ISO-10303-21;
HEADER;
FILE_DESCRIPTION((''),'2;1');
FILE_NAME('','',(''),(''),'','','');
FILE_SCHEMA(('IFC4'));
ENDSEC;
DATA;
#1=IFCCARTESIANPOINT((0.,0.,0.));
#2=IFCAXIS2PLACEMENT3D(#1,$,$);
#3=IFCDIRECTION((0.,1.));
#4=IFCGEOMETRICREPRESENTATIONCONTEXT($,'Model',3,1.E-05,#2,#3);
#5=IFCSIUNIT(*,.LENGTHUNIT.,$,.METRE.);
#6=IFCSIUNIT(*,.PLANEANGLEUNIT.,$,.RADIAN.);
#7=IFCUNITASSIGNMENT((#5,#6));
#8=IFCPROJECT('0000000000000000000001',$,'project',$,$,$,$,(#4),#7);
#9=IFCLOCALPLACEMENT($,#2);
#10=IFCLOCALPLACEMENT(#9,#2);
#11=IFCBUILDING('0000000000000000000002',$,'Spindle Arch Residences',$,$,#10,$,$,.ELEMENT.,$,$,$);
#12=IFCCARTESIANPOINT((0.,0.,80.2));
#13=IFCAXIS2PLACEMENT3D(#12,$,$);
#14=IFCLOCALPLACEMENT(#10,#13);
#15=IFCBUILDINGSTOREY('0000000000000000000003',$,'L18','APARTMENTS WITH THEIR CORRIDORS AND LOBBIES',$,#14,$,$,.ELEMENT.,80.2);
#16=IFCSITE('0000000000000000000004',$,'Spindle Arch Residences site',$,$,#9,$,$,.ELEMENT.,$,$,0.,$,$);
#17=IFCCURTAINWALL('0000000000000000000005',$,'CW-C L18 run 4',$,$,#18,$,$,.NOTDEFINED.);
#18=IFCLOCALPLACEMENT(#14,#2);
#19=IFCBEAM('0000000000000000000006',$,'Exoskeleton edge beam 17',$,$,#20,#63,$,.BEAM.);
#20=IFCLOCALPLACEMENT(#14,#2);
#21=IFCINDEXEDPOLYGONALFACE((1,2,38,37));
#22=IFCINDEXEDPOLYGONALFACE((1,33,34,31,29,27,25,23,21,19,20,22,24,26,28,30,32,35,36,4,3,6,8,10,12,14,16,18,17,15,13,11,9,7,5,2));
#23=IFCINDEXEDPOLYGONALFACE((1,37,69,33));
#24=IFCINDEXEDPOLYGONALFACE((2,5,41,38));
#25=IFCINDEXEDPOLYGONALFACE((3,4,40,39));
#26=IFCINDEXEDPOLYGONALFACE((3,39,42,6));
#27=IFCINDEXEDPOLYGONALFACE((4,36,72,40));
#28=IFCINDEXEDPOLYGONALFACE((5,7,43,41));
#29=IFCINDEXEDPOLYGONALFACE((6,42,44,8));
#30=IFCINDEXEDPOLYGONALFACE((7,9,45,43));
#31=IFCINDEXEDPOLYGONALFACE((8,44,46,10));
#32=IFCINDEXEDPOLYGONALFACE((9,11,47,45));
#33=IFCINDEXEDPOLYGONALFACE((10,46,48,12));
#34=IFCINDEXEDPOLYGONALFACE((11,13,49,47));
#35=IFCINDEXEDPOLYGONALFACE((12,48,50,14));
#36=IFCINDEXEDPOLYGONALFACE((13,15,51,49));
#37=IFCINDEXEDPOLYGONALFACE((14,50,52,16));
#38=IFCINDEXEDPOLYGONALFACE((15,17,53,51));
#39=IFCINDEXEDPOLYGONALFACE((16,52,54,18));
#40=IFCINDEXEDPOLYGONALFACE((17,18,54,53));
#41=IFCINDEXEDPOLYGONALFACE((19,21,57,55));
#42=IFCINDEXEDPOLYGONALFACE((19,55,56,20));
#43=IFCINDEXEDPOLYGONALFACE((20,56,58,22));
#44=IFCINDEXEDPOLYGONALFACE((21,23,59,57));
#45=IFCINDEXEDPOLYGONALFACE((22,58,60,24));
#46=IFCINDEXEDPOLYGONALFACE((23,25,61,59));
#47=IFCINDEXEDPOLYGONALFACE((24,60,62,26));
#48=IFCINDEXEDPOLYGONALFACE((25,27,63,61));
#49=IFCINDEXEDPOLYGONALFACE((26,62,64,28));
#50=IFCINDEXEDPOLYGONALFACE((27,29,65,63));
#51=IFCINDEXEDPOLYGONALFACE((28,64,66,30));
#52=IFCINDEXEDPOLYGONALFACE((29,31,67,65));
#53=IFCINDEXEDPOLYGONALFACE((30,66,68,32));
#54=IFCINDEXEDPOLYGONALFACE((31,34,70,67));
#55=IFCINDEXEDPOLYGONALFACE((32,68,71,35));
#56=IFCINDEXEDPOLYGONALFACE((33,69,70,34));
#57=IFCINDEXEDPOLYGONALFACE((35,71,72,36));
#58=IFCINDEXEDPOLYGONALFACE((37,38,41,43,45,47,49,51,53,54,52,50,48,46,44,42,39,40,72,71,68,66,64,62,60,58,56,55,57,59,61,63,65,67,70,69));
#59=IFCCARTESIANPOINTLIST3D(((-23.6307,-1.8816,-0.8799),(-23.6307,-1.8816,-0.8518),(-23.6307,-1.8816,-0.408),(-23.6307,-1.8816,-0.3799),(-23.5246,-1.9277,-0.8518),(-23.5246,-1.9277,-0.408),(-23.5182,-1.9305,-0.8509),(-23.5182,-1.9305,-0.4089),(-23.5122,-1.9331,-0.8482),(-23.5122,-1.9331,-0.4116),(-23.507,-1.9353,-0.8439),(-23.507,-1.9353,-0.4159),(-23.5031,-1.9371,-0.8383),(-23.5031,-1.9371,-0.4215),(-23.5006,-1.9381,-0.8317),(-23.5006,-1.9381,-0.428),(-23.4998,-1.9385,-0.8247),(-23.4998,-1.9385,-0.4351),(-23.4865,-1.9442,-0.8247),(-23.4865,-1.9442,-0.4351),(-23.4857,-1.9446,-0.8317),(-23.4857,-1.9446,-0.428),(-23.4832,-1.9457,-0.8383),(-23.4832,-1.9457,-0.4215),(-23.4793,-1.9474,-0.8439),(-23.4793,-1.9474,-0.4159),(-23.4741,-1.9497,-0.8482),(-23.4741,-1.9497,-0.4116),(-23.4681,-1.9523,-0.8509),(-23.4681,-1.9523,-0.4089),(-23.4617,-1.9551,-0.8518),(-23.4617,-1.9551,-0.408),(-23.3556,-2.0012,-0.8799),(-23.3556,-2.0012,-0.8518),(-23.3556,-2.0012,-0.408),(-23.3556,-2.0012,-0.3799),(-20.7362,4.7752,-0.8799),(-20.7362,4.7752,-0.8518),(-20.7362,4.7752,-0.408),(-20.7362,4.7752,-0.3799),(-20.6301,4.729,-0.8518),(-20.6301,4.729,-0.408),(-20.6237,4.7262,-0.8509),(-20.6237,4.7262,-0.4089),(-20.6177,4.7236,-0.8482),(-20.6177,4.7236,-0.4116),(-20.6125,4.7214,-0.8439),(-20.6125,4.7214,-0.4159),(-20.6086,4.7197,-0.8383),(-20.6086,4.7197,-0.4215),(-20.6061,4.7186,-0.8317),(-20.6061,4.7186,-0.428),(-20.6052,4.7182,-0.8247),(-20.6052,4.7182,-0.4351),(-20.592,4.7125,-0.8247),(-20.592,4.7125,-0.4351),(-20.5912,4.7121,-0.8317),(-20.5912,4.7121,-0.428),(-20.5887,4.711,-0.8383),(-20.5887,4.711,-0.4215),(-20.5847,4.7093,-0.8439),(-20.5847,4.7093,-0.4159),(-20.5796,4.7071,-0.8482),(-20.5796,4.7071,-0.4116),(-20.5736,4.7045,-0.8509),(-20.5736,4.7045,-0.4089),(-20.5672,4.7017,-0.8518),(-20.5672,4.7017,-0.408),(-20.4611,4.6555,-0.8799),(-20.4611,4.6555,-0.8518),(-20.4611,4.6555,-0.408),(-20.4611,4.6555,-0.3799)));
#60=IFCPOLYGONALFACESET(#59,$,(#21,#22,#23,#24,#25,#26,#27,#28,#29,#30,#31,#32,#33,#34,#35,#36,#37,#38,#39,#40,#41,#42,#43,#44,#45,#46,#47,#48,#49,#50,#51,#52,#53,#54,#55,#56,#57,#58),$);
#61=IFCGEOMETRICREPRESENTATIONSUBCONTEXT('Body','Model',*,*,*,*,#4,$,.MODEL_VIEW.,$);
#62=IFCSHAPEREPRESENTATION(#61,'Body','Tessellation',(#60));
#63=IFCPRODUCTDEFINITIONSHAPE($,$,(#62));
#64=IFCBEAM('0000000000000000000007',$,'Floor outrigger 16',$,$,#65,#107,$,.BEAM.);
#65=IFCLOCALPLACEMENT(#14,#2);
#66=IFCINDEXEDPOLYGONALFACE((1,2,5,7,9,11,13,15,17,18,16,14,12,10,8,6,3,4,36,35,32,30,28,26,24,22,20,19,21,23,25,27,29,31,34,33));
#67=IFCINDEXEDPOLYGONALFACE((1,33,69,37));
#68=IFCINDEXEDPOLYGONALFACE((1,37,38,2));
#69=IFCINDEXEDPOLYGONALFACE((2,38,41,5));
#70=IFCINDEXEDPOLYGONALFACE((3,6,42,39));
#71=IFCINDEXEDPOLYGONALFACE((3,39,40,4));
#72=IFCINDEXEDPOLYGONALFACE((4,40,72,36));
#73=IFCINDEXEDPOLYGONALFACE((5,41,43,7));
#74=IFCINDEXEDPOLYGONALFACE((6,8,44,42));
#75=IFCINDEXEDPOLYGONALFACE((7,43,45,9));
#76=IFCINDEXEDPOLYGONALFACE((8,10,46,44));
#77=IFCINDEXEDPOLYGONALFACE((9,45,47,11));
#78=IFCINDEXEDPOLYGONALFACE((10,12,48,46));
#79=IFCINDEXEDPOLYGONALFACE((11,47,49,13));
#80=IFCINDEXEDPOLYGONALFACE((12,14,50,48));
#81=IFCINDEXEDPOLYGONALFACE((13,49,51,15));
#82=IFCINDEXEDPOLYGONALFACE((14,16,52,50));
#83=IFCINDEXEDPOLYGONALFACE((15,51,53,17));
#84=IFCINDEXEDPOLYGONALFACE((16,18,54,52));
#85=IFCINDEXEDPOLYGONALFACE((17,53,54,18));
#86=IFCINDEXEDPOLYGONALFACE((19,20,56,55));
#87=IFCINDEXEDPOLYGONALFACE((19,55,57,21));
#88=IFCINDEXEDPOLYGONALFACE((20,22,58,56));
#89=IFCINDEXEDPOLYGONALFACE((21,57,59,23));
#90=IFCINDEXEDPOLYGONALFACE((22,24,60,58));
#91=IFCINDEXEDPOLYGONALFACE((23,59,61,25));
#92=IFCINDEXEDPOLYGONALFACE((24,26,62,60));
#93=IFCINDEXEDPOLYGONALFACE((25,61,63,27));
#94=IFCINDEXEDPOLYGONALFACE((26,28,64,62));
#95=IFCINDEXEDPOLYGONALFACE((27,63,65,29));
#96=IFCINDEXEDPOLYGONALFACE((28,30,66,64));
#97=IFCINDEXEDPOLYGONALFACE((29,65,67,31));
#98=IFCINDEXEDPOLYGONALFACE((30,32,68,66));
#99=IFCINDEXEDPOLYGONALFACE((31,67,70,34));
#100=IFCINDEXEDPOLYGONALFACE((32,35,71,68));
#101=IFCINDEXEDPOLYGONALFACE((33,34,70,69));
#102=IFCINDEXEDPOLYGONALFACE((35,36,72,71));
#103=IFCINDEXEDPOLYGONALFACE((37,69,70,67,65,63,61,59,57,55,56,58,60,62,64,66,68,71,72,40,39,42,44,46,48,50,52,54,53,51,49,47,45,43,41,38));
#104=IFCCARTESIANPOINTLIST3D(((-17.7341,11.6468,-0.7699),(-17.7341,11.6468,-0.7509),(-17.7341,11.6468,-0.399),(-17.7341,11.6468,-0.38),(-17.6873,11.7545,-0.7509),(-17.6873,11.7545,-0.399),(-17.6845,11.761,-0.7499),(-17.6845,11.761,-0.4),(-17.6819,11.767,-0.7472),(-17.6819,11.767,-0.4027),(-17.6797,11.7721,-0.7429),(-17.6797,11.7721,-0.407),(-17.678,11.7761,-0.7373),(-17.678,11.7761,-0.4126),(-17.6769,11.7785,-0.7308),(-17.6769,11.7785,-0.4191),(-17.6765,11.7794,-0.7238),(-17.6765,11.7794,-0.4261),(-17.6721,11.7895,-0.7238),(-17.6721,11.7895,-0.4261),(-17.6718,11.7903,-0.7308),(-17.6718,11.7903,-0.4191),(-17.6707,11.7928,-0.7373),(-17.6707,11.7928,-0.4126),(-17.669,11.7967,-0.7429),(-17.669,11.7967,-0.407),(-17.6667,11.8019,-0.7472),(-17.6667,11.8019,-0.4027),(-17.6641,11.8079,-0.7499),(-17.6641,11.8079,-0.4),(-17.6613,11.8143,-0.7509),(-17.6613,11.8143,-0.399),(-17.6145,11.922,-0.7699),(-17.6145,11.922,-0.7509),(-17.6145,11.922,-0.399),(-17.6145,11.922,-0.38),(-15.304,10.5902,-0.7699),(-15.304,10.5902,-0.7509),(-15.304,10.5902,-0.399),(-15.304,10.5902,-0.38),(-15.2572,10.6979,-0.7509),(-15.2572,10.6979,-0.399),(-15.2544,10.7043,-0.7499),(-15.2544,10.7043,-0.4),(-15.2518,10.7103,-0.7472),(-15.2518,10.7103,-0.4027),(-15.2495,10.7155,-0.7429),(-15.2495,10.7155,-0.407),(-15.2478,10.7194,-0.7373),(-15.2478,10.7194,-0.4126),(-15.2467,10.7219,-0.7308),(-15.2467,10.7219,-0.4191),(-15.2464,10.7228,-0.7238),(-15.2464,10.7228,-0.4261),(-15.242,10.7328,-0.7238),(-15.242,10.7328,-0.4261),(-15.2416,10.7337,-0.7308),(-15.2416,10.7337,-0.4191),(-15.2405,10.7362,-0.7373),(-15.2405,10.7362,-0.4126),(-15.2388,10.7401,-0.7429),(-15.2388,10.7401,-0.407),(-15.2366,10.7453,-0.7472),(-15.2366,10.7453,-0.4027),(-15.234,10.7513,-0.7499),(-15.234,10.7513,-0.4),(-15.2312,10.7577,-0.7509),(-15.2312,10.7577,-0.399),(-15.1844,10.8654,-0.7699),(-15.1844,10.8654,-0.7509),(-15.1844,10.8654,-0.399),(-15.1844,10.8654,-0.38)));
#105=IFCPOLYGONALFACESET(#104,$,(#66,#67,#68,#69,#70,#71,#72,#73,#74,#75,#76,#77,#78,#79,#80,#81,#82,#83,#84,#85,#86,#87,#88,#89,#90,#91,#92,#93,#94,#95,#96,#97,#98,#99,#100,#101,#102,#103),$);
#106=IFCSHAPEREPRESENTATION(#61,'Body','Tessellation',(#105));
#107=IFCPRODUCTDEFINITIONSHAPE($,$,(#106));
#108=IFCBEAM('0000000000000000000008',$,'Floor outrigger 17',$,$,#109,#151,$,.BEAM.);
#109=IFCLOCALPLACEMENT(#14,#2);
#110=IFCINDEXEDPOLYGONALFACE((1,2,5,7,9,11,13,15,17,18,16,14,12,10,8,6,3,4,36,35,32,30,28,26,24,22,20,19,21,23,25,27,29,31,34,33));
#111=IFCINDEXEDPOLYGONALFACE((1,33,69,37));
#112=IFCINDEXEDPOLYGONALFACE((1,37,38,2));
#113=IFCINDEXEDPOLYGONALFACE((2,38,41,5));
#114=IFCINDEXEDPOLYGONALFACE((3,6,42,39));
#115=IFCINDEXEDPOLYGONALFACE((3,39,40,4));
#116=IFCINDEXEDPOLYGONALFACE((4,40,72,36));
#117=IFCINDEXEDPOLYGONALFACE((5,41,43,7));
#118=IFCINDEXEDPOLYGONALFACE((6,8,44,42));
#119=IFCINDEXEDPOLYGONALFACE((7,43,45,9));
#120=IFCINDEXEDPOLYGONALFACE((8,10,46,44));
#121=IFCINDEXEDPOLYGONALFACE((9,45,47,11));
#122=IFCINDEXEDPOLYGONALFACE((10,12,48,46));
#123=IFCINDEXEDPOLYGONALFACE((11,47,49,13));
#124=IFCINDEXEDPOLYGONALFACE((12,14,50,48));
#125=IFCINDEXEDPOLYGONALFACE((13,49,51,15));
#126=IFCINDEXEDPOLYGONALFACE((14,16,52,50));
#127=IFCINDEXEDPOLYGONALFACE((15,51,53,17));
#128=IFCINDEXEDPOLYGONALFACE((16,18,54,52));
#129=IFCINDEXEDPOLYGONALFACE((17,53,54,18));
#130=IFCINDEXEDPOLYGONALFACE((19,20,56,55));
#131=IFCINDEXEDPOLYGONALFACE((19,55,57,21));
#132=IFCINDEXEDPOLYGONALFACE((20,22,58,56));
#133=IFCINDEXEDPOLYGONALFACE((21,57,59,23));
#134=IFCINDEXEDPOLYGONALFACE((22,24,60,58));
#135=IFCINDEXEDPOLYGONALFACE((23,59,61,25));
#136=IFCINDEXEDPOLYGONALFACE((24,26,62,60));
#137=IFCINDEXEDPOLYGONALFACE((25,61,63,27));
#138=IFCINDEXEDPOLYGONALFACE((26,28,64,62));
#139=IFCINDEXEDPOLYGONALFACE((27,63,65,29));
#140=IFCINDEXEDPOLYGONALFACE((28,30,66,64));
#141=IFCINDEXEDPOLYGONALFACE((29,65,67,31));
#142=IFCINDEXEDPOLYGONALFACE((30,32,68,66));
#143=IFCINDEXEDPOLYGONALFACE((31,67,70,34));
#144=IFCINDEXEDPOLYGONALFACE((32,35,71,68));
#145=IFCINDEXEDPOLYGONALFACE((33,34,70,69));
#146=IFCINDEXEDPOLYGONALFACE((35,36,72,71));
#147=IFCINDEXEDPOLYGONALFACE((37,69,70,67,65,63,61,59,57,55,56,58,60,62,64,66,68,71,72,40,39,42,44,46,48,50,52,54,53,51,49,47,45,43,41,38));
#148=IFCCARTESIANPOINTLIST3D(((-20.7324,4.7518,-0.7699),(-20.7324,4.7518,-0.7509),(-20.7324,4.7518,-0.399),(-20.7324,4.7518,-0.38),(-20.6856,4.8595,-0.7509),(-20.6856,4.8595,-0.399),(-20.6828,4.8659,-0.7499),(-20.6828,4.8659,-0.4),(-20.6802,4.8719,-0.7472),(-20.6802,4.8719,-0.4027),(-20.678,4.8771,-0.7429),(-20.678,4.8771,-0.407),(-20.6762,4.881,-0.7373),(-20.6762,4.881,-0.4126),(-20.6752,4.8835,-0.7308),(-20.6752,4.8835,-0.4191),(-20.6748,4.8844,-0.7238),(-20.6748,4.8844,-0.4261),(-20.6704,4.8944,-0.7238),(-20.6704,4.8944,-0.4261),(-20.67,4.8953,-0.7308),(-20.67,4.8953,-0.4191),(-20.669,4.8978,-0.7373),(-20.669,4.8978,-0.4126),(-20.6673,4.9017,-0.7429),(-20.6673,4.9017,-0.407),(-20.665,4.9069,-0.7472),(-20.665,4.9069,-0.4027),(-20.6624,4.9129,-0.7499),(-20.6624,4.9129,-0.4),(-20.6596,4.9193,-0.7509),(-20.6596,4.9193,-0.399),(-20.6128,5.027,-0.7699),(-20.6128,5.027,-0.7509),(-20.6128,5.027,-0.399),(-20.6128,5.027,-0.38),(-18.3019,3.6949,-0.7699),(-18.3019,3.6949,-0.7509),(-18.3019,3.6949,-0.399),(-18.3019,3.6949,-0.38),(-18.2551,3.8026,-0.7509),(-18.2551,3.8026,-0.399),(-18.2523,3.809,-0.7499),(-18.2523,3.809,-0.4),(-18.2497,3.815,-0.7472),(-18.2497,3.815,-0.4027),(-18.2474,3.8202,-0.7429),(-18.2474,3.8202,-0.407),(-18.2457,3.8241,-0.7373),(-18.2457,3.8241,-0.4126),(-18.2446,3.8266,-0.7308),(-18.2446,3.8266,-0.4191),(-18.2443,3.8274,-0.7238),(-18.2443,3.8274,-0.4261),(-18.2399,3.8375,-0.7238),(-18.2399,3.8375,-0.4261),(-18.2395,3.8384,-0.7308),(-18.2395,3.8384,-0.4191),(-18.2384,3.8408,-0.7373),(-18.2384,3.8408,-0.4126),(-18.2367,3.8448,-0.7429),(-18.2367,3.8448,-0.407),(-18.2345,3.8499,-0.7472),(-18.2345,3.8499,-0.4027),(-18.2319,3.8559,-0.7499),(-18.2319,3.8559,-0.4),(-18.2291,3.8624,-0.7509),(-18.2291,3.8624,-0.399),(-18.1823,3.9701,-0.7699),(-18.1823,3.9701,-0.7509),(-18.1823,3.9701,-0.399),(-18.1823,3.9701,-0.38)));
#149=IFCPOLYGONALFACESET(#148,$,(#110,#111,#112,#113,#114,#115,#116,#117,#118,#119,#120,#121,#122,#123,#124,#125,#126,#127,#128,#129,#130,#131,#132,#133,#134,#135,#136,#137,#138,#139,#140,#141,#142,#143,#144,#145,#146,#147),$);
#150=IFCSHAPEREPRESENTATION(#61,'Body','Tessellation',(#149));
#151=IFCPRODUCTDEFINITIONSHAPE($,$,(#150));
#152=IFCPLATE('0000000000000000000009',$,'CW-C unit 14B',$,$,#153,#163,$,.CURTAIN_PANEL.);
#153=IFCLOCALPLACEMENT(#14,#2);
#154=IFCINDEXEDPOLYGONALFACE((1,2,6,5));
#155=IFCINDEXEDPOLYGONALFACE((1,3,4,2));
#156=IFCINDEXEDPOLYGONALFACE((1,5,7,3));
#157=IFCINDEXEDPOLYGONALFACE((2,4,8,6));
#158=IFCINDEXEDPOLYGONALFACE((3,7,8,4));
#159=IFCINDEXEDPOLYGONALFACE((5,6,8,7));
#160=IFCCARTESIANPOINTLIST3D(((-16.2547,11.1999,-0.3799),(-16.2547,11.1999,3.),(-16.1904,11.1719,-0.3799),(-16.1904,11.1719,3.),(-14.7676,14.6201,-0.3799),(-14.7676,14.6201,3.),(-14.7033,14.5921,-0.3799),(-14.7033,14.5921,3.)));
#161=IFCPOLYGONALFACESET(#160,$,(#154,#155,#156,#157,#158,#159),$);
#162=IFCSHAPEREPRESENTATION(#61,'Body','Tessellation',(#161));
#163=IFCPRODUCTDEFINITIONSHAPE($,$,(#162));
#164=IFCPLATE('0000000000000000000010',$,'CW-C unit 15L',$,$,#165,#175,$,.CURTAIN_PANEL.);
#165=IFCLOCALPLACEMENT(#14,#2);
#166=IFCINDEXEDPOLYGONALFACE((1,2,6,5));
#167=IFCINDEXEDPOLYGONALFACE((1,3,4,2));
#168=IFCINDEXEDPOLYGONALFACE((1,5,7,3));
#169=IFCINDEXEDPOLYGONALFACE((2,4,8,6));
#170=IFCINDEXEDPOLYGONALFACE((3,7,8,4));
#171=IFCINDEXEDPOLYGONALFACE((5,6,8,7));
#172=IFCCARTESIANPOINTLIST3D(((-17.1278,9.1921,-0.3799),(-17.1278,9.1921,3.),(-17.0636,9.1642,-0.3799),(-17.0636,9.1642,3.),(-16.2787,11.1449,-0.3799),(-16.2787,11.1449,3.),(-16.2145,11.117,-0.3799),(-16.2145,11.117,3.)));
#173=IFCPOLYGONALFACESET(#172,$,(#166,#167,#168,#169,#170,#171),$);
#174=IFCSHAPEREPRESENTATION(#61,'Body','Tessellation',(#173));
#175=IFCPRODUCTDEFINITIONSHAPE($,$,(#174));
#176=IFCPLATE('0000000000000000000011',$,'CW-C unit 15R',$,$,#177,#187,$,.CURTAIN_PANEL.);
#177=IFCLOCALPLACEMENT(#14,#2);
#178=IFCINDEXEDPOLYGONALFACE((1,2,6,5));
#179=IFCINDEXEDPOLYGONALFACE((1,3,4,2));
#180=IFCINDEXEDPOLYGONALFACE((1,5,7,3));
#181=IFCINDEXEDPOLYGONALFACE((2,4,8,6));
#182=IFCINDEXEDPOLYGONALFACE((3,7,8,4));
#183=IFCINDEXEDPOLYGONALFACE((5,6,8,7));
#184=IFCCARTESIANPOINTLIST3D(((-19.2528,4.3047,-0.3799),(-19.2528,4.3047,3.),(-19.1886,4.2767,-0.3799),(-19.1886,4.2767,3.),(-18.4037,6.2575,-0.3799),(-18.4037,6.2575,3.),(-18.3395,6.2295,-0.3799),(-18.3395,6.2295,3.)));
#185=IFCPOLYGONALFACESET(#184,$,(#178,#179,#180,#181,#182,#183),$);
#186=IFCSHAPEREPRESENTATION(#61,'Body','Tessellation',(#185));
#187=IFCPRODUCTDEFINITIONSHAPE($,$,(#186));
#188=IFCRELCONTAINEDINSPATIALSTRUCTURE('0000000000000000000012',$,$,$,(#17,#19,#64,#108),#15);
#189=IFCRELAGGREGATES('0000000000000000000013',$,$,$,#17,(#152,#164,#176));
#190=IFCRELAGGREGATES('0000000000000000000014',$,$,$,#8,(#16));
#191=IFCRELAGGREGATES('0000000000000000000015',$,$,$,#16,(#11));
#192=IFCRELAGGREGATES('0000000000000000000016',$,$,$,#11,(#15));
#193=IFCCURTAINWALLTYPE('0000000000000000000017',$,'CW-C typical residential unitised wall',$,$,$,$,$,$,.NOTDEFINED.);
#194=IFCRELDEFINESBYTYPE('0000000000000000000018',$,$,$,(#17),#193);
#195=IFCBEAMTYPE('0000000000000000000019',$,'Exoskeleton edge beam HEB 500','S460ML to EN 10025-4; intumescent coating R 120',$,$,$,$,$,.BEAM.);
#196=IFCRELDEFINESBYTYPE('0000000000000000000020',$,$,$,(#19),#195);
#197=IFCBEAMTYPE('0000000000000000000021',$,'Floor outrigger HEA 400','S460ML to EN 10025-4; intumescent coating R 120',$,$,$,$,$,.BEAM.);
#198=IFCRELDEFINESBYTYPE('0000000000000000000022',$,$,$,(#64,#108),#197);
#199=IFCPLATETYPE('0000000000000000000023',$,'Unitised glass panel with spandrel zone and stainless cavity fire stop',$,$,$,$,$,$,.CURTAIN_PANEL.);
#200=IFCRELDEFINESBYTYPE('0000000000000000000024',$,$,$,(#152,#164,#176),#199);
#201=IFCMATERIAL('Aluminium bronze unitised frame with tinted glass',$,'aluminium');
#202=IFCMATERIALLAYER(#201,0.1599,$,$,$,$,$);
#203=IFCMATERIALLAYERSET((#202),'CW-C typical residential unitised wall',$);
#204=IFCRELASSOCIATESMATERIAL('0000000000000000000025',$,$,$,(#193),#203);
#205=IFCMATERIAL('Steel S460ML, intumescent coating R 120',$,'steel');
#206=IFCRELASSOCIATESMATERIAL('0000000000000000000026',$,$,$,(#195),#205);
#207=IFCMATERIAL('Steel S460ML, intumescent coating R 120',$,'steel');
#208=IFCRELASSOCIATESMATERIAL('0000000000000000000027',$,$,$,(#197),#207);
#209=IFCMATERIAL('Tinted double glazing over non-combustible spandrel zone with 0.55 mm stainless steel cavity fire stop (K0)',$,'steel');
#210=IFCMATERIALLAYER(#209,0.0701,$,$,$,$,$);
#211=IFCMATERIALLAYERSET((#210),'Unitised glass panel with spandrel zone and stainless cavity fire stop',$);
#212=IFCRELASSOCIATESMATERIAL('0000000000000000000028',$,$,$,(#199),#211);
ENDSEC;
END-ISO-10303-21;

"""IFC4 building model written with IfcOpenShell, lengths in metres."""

from ifc_helpers import new_model, si_unit, direction, frame, origin, origin_2d, place, context, subcontext, project, spatial, rectangle, i_section, extrude, material, layer, layer_set, material_profile, profile_set, type_object, element, aggregate, save


model = new_model("IFC4")

# Units and contexts
model_context = context("Model", 3, precision=1e-05, world=origin(), true_north=direction((0.0, 1.0)))
body_context = subcontext(model_context, "Body", "Model", "MODEL_VIEW")
ifc_project = project(units=[si_unit("LENGTHUNIT", "METRE"), si_unit("PLANEANGLEUNIT", "RADIAN")], contexts=[model_context])

# Site, building, storey
site_placement = place(None, origin())
site = spatial("IfcSite", under=ifc_project, at=site_placement, Name="Spindle Arch Residences site", CompositionType="ELEMENT", RefElevation=0.0)
building_placement = place(site_placement, origin())
building = spatial("IfcBuilding", under=site, at=building_placement, Name="Spindle Arch Residences", CompositionType="ELEMENT")
storey_placement = place(building_placement, frame((0.0, 0.0, 80.2)))
storey = spatial("IfcBuildingStorey", under=building, at=storey_placement, Name="L18", Description="APARTMENTS WITH THEIR CORRIDORS AND LOBBIES", CompositionType="ELEMENT", Elevation=80.2)

# Curtain wall
ifc_material_1 = material(Name="Aluminium bronze unitised frame with tinted glass", Category="aluminium")
ifc_layer_1 = layer(ifc_material_1, 0.1599)
ifc_layer_set_1 = layer_set([ifc_layer_1], Name="CW-C typical residential unitised wall")
curtain_wall_type = type_object("IfcCurtainWallType", Name="CW-C typical residential unitised wall", PredefinedType="NOTDEFINED", material=ifc_layer_set_1)
curtain_wall_placement = place(storey_placement, origin())
curtain_wall = element("IfcCurtainWall", 1, at=curtain_wall_placement, inside=storey, type_object=curtain_wall_type, Name="CW-C L18 run 4", PredefinedType="NOTDEFINED")

# Beams
ifc_material_2 = material(Name="Steel S460ML, intumescent coating R 120", Category="steel")
ifc_material_profile_1 = material_profile(ifc_material_2, i_section(OverallWidth=0.3, OverallDepth=0.5, WebThickness=0.0144, FlangeThickness=0.0281, FilletRadius=0.0271, at=origin_2d()), Name="HEB 500")
ifc_profile_set_1 = profile_set([ifc_material_profile_1], Name="Steel S460ML, intumescent coating R 120")
beam_type_1 = type_object("IfcBeamType", Name="Exoskeleton edge beam HEB 500", Description="S460ML to EN 10025-4; intumescent coating R 120", PredefinedType="BEAM", material=ifc_profile_set_1)
for number, where, z_axis, x_axis, name in (
    (2, (-20.5986, 4.7153, -0.6299), (-0.398761, -0.917055, 0.0), (0.917055, -0.398761, 0.0), "Exoskeleton edge beam 17"),
):
    element("IfcBeam", number, at=place(storey_placement, frame(where, z_axis=z_axis, x_axis=x_axis)), inside=storey, type_object=beam_type_1, Name=name, PredefinedType="BEAM", context=body_context, shape_type="SweptSolid", body=[
        extrude(i_section(OverallWidth=0.3, OverallDepth=0.5, WebThickness=0.0144, FlangeThickness=0.0281, FilletRadius=0.0271, at=origin_2d()), origin(), (0.0, 0.0, 1.0), 7.2588),
    ])
ifc_material_3 = material(Name="Steel S460ML, intumescent coating R 120", Category="steel")
ifc_material_profile_2 = material_profile(ifc_material_3, i_section(OverallWidth=0.3, OverallDepth=0.3899, WebThickness=0.011, FlangeThickness=0.019, FilletRadius=0.0271, at=origin_2d()), Name="HEA 400")
ifc_profile_set_2 = profile_set([ifc_material_profile_2], Name="Steel S460ML, intumescent coating R 120")
beam_type_2 = type_object("IfcBeamType", Name="Floor outrigger HEA 400", Description="S460ML to EN 10025-4; intumescent coating R 120", PredefinedType="BEAM", material=ifc_profile_set_2)
beam_1_placement = place(storey_placement, frame((-17.6743, 11.7844, -0.575), z_axis=(0.917064, -0.39874, 0.0), x_axis=(0.39874, 0.917064, 0.0)))
element("IfcBeam", 3, at=beam_1_placement, inside=storey, type_object=beam_type_2, Name="Floor outrigger 16", PredefinedType="BEAM", context=body_context, shape_type="SweptSolid", body=[
    extrude(i_section(OverallWidth=0.3, OverallDepth=0.3899, WebThickness=0.011, FlangeThickness=0.019, FilletRadius=0.0271, at=origin_2d()), origin(), (0.0, 0.0, 1.0), 2.6499),
])
beam_2_placement = place(storey_placement, frame((-20.6726, 4.8894, -0.575), z_axis=(0.917045, -0.398783, 0.0), x_axis=(0.398783, 0.917045, 0.0)))
element("IfcBeam", 4, at=beam_2_placement, inside=storey, type_object=beam_type_2, Name="Floor outrigger 17", PredefinedType="BEAM", context=body_context, shape_type="SweptSolid", body=[
    extrude(i_section(OverallWidth=0.3, OverallDepth=0.3899, WebThickness=0.011, FlangeThickness=0.019, FilletRadius=0.0271, at=origin_2d()), origin(), (0.0, 0.0, 1.0), 2.6504),
])

# Plates
ifc_material_4 = material(Name="Tinted double glazing over non-combustible spandrel zone with 0.55 mm stainless steel cavity fire stop (K0)", Category="steel")
ifc_layer_2 = layer(ifc_material_4, 0.0701)
ifc_layer_set_2 = layer_set([ifc_layer_2], Name="Unitised glass panel with spandrel zone and stainless cavity fire stop")
plate_type = type_object("IfcPlateType", Name="Unitised glass panel with spandrel zone and stainless cavity fire stop", PredefinedType="CURTAIN_PANEL", material=ifc_layer_set_2)
plate_1_placement = place(storey_placement, frame((-15.479, 12.896, -0.3799), z_axis=(0.0, 0.0, 1.0), x_axis=(-0.398749, -0.91706, 0.0)))
plate_1 = element("IfcPlate", 5, at=plate_1_placement, type_object=plate_type, Name="CW-C unit 14B", PredefinedType="CURTAIN_PANEL", context=body_context, shape_type="SweptSolid", body=[
    extrude(rectangle(XDim=3.7295, YDim=0.0701, at=origin_2d()), origin(), (0.0, 0.0, 1.0), 3.3799),
])
plate_2_placement = place(storey_placement, frame((-16.6711, 10.1545, -0.3799), z_axis=(0.0, 0.0, 1.0), x_axis=(-0.398749, -0.91706, 0.0)))
plate_2 = element("IfcPlate", 6, at=plate_2_placement, type_object=plate_type, Name="CW-C unit 15L", PredefinedType="CURTAIN_PANEL", context=body_context, shape_type="SweptSolid", body=[
    extrude(rectangle(XDim=2.1294, YDim=0.0701, at=origin_2d()), origin(), (0.0, 0.0, 1.0), 3.3799),
])
plate_3_placement = place(storey_placement, frame((-18.7961, 5.2671, -0.3799), z_axis=(0.0, 0.0, 1.0), x_axis=(-0.398749, -0.91706, 0.0)))
plate_3 = element("IfcPlate", 7, at=plate_3_placement, type_object=plate_type, Name="CW-C unit 15R", PredefinedType="CURTAIN_PANEL", context=body_context, shape_type="SweptSolid", body=[
    extrude(rectangle(XDim=2.1294, YDim=0.0701, at=origin_2d()), origin(), (0.0, 0.0, 1.0), 3.3799),
])
aggregate(curtain_wall, [plate_1, plate_2, plate_3])

save(model, "model.ifc")
